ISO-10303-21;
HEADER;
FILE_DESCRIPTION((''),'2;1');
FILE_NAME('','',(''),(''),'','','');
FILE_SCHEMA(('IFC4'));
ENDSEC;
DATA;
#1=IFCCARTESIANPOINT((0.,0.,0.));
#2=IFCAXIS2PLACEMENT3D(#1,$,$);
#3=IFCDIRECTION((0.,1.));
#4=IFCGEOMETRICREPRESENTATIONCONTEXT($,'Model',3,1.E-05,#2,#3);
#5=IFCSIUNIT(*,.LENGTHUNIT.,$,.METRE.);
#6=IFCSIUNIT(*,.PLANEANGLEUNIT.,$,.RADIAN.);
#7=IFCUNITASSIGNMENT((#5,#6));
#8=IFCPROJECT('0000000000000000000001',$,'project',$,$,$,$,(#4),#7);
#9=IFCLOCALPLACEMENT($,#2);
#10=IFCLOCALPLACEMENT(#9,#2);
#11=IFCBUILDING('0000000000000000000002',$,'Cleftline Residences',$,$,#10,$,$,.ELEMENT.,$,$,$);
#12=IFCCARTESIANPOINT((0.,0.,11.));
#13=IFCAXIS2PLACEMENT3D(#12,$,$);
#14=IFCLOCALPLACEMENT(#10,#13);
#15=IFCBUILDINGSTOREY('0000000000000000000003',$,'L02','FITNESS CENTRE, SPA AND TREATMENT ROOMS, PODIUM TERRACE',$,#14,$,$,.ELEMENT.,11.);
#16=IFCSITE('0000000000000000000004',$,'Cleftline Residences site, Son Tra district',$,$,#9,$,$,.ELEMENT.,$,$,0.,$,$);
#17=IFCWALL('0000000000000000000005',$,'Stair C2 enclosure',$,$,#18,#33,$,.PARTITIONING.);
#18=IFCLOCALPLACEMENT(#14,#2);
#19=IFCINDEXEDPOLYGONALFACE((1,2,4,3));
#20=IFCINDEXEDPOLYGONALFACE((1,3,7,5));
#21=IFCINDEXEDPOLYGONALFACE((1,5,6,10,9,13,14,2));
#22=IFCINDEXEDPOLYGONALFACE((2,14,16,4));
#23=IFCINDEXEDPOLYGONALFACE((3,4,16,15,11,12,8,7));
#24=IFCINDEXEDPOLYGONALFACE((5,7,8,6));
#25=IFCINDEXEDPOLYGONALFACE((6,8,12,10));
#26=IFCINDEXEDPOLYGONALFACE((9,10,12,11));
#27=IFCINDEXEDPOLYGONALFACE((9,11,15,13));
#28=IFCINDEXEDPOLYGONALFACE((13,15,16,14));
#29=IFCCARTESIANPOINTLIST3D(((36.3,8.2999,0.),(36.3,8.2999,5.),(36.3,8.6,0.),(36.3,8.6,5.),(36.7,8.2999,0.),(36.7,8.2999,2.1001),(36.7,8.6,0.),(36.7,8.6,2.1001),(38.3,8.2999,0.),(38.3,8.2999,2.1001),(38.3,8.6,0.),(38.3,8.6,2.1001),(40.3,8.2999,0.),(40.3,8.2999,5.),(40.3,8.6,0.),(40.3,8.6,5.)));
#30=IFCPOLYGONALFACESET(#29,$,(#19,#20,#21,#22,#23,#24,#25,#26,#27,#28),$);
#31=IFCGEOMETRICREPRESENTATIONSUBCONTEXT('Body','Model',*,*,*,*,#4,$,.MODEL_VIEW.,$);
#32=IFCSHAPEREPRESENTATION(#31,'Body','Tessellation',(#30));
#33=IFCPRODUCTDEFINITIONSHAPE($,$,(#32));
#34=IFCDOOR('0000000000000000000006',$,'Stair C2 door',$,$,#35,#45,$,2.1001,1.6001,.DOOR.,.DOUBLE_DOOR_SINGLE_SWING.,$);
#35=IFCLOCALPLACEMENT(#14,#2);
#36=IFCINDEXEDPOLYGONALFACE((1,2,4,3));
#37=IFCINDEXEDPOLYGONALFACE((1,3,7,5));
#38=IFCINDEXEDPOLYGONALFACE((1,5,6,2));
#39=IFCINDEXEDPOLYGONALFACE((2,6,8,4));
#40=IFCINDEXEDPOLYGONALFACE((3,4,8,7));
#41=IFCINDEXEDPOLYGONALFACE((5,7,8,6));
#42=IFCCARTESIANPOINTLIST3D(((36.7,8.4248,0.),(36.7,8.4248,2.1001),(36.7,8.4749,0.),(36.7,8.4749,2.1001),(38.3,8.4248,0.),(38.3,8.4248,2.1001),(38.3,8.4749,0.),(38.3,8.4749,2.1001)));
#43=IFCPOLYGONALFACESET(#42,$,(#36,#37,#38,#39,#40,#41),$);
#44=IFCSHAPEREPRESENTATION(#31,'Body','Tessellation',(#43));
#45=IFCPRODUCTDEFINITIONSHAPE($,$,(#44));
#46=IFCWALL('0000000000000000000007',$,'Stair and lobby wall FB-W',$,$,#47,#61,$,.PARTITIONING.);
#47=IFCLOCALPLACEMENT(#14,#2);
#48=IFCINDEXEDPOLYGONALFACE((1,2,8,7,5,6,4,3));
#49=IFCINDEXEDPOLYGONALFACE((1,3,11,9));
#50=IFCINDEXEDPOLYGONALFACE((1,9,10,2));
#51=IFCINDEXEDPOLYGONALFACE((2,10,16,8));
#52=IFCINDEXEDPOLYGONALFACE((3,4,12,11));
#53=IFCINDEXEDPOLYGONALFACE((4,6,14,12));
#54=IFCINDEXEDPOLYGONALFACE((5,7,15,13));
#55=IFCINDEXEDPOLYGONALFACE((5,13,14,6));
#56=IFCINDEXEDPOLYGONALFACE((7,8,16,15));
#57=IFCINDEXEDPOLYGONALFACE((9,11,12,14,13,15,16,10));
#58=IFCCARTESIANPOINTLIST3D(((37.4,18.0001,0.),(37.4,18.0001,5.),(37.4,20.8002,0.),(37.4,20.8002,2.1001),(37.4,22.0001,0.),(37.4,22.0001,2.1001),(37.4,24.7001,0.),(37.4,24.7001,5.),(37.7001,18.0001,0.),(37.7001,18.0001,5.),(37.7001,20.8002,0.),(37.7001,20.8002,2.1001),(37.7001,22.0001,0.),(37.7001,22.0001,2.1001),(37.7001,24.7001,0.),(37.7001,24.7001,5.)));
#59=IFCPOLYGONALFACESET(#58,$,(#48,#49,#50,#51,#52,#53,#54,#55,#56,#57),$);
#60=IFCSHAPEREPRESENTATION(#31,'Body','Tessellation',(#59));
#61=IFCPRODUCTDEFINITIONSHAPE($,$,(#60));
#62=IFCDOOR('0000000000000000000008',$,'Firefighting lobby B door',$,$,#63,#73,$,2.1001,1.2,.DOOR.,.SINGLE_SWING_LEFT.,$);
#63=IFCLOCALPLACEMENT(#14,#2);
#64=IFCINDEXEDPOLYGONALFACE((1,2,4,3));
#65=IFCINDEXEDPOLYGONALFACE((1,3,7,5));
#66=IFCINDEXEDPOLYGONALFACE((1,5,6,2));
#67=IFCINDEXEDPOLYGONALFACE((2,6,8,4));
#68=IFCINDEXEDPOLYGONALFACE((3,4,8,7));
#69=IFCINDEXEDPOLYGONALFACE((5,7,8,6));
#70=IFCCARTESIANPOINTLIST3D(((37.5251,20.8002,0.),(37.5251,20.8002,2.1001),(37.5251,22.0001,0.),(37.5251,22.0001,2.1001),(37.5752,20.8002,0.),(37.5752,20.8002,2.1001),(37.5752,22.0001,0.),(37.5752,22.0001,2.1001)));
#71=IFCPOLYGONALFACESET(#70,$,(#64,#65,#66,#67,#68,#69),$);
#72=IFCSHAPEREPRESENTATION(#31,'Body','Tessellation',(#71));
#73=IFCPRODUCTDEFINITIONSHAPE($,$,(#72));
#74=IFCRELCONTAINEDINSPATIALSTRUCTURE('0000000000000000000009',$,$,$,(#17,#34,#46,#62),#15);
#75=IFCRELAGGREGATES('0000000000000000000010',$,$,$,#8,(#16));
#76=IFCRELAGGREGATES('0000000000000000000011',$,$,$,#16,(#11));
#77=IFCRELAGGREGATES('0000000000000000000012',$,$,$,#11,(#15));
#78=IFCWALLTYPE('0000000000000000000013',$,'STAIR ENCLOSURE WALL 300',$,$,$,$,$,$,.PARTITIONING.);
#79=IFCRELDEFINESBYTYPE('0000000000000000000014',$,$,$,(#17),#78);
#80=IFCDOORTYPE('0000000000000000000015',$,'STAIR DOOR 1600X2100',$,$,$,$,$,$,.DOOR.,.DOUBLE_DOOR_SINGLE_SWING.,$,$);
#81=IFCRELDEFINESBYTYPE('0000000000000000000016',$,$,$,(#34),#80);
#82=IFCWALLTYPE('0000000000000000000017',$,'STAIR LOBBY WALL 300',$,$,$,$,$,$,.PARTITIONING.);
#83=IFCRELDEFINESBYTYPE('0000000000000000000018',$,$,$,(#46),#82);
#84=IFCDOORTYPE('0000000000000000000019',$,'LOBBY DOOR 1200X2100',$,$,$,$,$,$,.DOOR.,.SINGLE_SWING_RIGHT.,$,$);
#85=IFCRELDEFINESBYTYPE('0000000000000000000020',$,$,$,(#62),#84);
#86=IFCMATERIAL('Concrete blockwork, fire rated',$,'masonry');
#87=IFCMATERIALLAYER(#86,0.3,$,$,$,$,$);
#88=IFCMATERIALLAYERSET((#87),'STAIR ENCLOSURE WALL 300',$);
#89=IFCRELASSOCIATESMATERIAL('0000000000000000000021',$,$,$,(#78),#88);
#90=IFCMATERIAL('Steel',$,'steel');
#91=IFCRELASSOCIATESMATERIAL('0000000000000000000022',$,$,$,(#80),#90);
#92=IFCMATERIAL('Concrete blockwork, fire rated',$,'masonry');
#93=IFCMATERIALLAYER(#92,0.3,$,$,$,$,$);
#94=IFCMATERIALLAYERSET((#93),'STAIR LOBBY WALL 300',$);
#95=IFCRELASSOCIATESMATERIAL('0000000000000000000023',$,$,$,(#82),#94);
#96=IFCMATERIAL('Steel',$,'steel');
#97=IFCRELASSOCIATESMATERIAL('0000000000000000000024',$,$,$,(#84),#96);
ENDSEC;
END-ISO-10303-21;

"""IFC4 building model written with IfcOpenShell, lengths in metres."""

from ifc_helpers import new_model, si_unit, direction, frame, frame_2d, origin, place, context, subcontext, project, spatial, rectangle, extrude, material, layer, layer_set, type_object, element, fill, save


model = new_model("IFC4")

# Units and contexts
model_context = context("Model", 3, precision=1e-05, world=origin(), true_north=direction((0.0, 1.0)))
body_context = subcontext(model_context, "Body", "Model", "MODEL_VIEW")
ifc_project = project(units=[si_unit("LENGTHUNIT", "METRE"), si_unit("PLANEANGLEUNIT", "RADIAN")], contexts=[model_context])

# Site, building, storey
site_placement = place(None, origin())
site = spatial("IfcSite", under=ifc_project, at=site_placement, Name="Cleftline Residences site, Son Tra district", CompositionType="ELEMENT", RefElevation=0.0)
building_placement = place(site_placement, origin())
building = spatial("IfcBuilding", under=site, at=building_placement, Name="Cleftline Residences", CompositionType="ELEMENT")
storey_placement = place(building_placement, frame((0.0, 0.0, 11.0)))
storey = spatial("IfcBuildingStorey", under=building, at=storey_placement, Name="L02", Description="FITNESS CENTRE, SPA AND TREATMENT ROOMS, PODIUM TERRACE", CompositionType="ELEMENT", Elevation=11.0)

# Walls, openings, doors
ifc_material_1 = material(Name="Concrete blockwork, fire rated", Category="masonry")
ifc_layer_1 = layer(ifc_material_1, 0.3)
ifc_layer_set_1 = layer_set([ifc_layer_1], Name="STAIR ENCLOSURE WALL 300")
wall_type_1 = type_object("IfcWallType", Name="STAIR ENCLOSURE WALL 300", PredefinedType="PARTITIONING", material=ifc_layer_set_1)
wall_1_placement = place(storey_placement, frame((36.3, 8.45, 0.0), z_axis=(0.0, 0.0, 1.0), x_axis=(1.0, 0.0, 0.0)))
wall_1 = element("IfcWall", 1, at=wall_1_placement, inside=storey, type_object=wall_type_1, Name="Stair C2 enclosure", PredefinedType="PARTITIONING", context=body_context, shape_type="SweptSolid", body=[
    extrude(rectangle(XDim=4.0, YDim=0.3, at=frame_2d((2.0, 0.0))), origin(), (0.0, 0.0, 1.0), 5.0),
])
opening_1_placement = place(wall_1_placement, frame((0.3999, 0.0, 0.0)))
opening_1 = element("IfcOpeningElement", 2, at=opening_1_placement, cuts=wall_1, PredefinedType="OPENING", context=body_context, shape_type="SweptSolid", body=[
    extrude(rectangle(XDim=1.6001, YDim=2.1001, at=frame_2d((0.8, 1.05))), frame((0.0, 0.1599, 0.0), z_axis=(0.0, -1.0, 0.0), x_axis=(1.0, 0.0, 0.0)), (0.0, 0.0, 1.0), 0.3201),
])
ifc_material_2 = material(Name="Steel", Category="steel")
door_type_1 = type_object("IfcDoorType", Name="STAIR DOOR 1600X2100", OperationType="DOUBLE_DOOR_SINGLE_SWING", PredefinedType="DOOR", material=ifc_material_2)
door_1_placement = place(opening_1_placement, origin())
door_1 = element("IfcDoor", 3, at=door_1_placement, inside=storey, type_object=door_type_1, Name="Stair C2 door", OperationType="DOUBLE_DOOR_SINGLE_SWING", OverallHeight=2.1001, OverallWidth=1.6001, PredefinedType="DOOR", context=body_context, shape_type="SweptSolid", body=[
    extrude(rectangle(XDim=1.6001, YDim=2.1001, at=frame_2d((0.8, 1.05))), frame((0.0, 0.0249, 0.0), z_axis=(0.0, -1.0, 0.0), x_axis=(1.0, 0.0, 0.0)), (0.0, 0.0, 1.0), 0.05),
])
fill(opening_1, door_1)
ifc_material_3 = material(Name="Concrete blockwork, fire rated", Category="masonry")
ifc_layer_2 = layer(ifc_material_3, 0.3)
ifc_layer_set_2 = layer_set([ifc_layer_2], Name="STAIR LOBBY WALL 300")
wall_type_2 = type_object("IfcWallType", Name="STAIR LOBBY WALL 300", PredefinedType="PARTITIONING", material=ifc_layer_set_2)
wall_2_placement = place(storey_placement, frame((37.55, 18.0, 0.0), z_axis=(0.0, 0.0, 1.0), x_axis=(0.0, 1.0, 0.0)))
wall_2 = element("IfcWall", 4, at=wall_2_placement, inside=storey, type_object=wall_type_2, Name="Stair and lobby wall FB-W", PredefinedType="PARTITIONING", context=body_context, shape_type="SweptSolid", body=[
    extrude(rectangle(XDim=6.7, YDim=0.3, at=frame_2d((3.3501, 0.0))), origin(), (0.0, 0.0, 1.0), 5.0),
])
opening_2_placement = place(wall_2_placement, frame((2.8, 0.0, 0.0)))
opening_2 = element("IfcOpeningElement", 5, at=opening_2_placement, cuts=wall_2, PredefinedType="OPENING", context=body_context, shape_type="SweptSolid", body=[
    extrude(rectangle(XDim=1.2, YDim=2.1001, at=frame_2d((0.6001, 1.05))), frame((0.0, 0.1599, 0.0), z_axis=(0.0, -1.0, 0.0), x_axis=(1.0, 0.0, 0.0)), (0.0, 0.0, 1.0), 0.3201),
])
ifc_material_4 = material(Name="Steel", Category="steel")
door_type_2 = type_object("IfcDoorType", Name="LOBBY DOOR 1200X2100", OperationType="SINGLE_SWING_RIGHT", PredefinedType="DOOR", material=ifc_material_4)
door_2_placement = place(opening_2_placement, origin())
door_2 = element("IfcDoor", 6, at=door_2_placement, inside=storey, type_object=door_type_2, Name="Firefighting lobby B door", OperationType="SINGLE_SWING_LEFT", OverallHeight=2.1001, OverallWidth=1.2, PredefinedType="DOOR", context=body_context, shape_type="SweptSolid", body=[
    extrude(rectangle(XDim=1.2, YDim=2.1001, at=frame_2d((0.6001, 1.05))), frame((0.0, 0.0249, 0.0), z_axis=(0.0, -1.0, 0.0), x_axis=(1.0, 0.0, 0.0)), (0.0, 0.0, 1.0), 0.05),
])
fill(opening_2, door_2)

save(model, "model.ifc")
